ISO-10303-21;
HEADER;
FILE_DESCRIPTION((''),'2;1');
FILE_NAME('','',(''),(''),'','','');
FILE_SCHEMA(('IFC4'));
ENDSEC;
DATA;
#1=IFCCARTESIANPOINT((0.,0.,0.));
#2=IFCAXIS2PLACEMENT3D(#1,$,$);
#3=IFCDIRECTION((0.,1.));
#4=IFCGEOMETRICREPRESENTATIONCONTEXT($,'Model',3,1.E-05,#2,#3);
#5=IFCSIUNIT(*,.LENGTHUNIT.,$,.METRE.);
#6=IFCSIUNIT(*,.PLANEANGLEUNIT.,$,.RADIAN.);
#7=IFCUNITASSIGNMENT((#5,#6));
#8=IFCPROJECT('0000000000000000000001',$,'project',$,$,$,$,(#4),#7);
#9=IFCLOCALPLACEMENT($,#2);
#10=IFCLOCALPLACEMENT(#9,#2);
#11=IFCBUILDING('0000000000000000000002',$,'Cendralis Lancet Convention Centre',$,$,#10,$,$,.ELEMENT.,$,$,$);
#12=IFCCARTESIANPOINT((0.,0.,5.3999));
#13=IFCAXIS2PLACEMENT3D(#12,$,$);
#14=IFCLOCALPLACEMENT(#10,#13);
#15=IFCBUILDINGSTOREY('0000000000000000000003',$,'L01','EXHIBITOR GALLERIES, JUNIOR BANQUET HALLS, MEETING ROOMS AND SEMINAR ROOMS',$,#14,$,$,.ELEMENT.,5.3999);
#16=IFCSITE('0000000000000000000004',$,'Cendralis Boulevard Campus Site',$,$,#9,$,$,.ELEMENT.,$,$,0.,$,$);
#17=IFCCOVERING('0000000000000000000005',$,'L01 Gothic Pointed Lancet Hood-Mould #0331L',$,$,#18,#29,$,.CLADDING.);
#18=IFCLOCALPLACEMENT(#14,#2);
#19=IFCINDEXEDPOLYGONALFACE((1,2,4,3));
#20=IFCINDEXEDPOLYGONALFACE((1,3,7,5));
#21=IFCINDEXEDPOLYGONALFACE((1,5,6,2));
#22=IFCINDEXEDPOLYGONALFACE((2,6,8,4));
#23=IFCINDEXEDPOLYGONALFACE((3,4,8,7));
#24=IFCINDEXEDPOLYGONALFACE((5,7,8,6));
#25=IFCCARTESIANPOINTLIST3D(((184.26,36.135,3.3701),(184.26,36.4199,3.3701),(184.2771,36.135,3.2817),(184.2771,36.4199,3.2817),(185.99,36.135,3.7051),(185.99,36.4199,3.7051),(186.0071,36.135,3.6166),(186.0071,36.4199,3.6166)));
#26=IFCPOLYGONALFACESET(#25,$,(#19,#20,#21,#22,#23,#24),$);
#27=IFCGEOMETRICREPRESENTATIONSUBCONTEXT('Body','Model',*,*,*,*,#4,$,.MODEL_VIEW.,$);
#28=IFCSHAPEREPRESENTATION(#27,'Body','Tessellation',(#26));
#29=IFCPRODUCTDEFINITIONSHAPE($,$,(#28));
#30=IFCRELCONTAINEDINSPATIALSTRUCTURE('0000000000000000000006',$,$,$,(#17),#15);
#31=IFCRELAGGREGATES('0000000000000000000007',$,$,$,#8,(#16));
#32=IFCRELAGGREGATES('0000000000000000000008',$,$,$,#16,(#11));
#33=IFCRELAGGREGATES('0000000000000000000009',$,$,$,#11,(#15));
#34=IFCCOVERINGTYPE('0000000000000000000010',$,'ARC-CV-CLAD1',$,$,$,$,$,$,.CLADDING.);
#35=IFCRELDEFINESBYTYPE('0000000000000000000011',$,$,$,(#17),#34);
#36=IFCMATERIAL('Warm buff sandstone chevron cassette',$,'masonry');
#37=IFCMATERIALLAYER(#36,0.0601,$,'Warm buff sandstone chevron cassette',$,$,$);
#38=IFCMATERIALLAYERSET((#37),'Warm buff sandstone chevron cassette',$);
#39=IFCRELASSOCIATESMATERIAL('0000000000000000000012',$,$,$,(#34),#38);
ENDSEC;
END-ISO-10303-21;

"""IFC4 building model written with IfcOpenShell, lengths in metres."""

from ifc_helpers import new_model, si_unit, direction, frame, origin, place, context, subcontext, project, spatial, polyline, outline, extrude, material, layer, layer_set, type_object, element, save


model = new_model("IFC4")

# Units and contexts
model_context = context("Model", 3, precision=1e-05, world=origin(), true_north=direction((0.0, 1.0)))
body_context = subcontext(model_context, "Body", "Model", "MODEL_VIEW")
ifc_project = project(units=[si_unit("LENGTHUNIT", "METRE"), si_unit("PLANEANGLEUNIT", "RADIAN")], contexts=[model_context])

# Site, building, storey
site_placement = place(None, origin())
site = spatial("IfcSite", under=ifc_project, at=site_placement, Name="Cendralis Boulevard Campus Site", CompositionType="ELEMENT", RefElevation=0.0)
building_placement = place(site_placement, origin())
building = spatial("IfcBuilding", under=site, at=building_placement, Name="Cendralis Lancet Convention Centre", CompositionType="ELEMENT")
storey_placement = place(building_placement, frame((0.0, 0.0, 5.3999)))
storey = spatial("IfcBuildingStorey", under=building, at=storey_placement, Name="L01", Description="EXHIBITOR GALLERIES, JUNIOR BANQUET HALLS, MEETING ROOMS AND SEMINAR ROOMS", CompositionType="ELEMENT", Elevation=5.3999)

# Covering
ifc_material_1 = material(Name="Warm buff sandstone chevron cassette", Category="masonry")
ifc_layer_1 = layer(ifc_material_1, 0.0601, Name="Warm buff sandstone chevron cassette")
ifc_layer_set_1 = layer_set([ifc_layer_1], Name="Warm buff sandstone chevron cassette")
covering_type = type_object("IfcCoveringType", Name="ARC-CV-CLAD1", PredefinedType="CLADDING", material=ifc_layer_set_1)
covering_placement = place(storey_placement, frame((184.26, 36.4199, 3.3701), z_axis=(-0.190091, 0.0, 0.981767), x_axis=(0.0, -1.0, 0.0)))
element("IfcCovering", 1, at=covering_placement, inside=storey, type_object=covering_type, Name="L01 Gothic Pointed Lancet Hood-Mould #0331L", PredefinedType="CLADDING", context=body_context, shape_type="SweptSolid", body=[
    extrude(outline(polyline([(0.0, 0.0), (0.2849, 0.0), (0.2849, 1.7621), (0.0, 1.7621), (0.0, 0.0)])), origin(), (0.0, 0.0, -1.0), 0.0901),
])

save(model, "model.ifc")
